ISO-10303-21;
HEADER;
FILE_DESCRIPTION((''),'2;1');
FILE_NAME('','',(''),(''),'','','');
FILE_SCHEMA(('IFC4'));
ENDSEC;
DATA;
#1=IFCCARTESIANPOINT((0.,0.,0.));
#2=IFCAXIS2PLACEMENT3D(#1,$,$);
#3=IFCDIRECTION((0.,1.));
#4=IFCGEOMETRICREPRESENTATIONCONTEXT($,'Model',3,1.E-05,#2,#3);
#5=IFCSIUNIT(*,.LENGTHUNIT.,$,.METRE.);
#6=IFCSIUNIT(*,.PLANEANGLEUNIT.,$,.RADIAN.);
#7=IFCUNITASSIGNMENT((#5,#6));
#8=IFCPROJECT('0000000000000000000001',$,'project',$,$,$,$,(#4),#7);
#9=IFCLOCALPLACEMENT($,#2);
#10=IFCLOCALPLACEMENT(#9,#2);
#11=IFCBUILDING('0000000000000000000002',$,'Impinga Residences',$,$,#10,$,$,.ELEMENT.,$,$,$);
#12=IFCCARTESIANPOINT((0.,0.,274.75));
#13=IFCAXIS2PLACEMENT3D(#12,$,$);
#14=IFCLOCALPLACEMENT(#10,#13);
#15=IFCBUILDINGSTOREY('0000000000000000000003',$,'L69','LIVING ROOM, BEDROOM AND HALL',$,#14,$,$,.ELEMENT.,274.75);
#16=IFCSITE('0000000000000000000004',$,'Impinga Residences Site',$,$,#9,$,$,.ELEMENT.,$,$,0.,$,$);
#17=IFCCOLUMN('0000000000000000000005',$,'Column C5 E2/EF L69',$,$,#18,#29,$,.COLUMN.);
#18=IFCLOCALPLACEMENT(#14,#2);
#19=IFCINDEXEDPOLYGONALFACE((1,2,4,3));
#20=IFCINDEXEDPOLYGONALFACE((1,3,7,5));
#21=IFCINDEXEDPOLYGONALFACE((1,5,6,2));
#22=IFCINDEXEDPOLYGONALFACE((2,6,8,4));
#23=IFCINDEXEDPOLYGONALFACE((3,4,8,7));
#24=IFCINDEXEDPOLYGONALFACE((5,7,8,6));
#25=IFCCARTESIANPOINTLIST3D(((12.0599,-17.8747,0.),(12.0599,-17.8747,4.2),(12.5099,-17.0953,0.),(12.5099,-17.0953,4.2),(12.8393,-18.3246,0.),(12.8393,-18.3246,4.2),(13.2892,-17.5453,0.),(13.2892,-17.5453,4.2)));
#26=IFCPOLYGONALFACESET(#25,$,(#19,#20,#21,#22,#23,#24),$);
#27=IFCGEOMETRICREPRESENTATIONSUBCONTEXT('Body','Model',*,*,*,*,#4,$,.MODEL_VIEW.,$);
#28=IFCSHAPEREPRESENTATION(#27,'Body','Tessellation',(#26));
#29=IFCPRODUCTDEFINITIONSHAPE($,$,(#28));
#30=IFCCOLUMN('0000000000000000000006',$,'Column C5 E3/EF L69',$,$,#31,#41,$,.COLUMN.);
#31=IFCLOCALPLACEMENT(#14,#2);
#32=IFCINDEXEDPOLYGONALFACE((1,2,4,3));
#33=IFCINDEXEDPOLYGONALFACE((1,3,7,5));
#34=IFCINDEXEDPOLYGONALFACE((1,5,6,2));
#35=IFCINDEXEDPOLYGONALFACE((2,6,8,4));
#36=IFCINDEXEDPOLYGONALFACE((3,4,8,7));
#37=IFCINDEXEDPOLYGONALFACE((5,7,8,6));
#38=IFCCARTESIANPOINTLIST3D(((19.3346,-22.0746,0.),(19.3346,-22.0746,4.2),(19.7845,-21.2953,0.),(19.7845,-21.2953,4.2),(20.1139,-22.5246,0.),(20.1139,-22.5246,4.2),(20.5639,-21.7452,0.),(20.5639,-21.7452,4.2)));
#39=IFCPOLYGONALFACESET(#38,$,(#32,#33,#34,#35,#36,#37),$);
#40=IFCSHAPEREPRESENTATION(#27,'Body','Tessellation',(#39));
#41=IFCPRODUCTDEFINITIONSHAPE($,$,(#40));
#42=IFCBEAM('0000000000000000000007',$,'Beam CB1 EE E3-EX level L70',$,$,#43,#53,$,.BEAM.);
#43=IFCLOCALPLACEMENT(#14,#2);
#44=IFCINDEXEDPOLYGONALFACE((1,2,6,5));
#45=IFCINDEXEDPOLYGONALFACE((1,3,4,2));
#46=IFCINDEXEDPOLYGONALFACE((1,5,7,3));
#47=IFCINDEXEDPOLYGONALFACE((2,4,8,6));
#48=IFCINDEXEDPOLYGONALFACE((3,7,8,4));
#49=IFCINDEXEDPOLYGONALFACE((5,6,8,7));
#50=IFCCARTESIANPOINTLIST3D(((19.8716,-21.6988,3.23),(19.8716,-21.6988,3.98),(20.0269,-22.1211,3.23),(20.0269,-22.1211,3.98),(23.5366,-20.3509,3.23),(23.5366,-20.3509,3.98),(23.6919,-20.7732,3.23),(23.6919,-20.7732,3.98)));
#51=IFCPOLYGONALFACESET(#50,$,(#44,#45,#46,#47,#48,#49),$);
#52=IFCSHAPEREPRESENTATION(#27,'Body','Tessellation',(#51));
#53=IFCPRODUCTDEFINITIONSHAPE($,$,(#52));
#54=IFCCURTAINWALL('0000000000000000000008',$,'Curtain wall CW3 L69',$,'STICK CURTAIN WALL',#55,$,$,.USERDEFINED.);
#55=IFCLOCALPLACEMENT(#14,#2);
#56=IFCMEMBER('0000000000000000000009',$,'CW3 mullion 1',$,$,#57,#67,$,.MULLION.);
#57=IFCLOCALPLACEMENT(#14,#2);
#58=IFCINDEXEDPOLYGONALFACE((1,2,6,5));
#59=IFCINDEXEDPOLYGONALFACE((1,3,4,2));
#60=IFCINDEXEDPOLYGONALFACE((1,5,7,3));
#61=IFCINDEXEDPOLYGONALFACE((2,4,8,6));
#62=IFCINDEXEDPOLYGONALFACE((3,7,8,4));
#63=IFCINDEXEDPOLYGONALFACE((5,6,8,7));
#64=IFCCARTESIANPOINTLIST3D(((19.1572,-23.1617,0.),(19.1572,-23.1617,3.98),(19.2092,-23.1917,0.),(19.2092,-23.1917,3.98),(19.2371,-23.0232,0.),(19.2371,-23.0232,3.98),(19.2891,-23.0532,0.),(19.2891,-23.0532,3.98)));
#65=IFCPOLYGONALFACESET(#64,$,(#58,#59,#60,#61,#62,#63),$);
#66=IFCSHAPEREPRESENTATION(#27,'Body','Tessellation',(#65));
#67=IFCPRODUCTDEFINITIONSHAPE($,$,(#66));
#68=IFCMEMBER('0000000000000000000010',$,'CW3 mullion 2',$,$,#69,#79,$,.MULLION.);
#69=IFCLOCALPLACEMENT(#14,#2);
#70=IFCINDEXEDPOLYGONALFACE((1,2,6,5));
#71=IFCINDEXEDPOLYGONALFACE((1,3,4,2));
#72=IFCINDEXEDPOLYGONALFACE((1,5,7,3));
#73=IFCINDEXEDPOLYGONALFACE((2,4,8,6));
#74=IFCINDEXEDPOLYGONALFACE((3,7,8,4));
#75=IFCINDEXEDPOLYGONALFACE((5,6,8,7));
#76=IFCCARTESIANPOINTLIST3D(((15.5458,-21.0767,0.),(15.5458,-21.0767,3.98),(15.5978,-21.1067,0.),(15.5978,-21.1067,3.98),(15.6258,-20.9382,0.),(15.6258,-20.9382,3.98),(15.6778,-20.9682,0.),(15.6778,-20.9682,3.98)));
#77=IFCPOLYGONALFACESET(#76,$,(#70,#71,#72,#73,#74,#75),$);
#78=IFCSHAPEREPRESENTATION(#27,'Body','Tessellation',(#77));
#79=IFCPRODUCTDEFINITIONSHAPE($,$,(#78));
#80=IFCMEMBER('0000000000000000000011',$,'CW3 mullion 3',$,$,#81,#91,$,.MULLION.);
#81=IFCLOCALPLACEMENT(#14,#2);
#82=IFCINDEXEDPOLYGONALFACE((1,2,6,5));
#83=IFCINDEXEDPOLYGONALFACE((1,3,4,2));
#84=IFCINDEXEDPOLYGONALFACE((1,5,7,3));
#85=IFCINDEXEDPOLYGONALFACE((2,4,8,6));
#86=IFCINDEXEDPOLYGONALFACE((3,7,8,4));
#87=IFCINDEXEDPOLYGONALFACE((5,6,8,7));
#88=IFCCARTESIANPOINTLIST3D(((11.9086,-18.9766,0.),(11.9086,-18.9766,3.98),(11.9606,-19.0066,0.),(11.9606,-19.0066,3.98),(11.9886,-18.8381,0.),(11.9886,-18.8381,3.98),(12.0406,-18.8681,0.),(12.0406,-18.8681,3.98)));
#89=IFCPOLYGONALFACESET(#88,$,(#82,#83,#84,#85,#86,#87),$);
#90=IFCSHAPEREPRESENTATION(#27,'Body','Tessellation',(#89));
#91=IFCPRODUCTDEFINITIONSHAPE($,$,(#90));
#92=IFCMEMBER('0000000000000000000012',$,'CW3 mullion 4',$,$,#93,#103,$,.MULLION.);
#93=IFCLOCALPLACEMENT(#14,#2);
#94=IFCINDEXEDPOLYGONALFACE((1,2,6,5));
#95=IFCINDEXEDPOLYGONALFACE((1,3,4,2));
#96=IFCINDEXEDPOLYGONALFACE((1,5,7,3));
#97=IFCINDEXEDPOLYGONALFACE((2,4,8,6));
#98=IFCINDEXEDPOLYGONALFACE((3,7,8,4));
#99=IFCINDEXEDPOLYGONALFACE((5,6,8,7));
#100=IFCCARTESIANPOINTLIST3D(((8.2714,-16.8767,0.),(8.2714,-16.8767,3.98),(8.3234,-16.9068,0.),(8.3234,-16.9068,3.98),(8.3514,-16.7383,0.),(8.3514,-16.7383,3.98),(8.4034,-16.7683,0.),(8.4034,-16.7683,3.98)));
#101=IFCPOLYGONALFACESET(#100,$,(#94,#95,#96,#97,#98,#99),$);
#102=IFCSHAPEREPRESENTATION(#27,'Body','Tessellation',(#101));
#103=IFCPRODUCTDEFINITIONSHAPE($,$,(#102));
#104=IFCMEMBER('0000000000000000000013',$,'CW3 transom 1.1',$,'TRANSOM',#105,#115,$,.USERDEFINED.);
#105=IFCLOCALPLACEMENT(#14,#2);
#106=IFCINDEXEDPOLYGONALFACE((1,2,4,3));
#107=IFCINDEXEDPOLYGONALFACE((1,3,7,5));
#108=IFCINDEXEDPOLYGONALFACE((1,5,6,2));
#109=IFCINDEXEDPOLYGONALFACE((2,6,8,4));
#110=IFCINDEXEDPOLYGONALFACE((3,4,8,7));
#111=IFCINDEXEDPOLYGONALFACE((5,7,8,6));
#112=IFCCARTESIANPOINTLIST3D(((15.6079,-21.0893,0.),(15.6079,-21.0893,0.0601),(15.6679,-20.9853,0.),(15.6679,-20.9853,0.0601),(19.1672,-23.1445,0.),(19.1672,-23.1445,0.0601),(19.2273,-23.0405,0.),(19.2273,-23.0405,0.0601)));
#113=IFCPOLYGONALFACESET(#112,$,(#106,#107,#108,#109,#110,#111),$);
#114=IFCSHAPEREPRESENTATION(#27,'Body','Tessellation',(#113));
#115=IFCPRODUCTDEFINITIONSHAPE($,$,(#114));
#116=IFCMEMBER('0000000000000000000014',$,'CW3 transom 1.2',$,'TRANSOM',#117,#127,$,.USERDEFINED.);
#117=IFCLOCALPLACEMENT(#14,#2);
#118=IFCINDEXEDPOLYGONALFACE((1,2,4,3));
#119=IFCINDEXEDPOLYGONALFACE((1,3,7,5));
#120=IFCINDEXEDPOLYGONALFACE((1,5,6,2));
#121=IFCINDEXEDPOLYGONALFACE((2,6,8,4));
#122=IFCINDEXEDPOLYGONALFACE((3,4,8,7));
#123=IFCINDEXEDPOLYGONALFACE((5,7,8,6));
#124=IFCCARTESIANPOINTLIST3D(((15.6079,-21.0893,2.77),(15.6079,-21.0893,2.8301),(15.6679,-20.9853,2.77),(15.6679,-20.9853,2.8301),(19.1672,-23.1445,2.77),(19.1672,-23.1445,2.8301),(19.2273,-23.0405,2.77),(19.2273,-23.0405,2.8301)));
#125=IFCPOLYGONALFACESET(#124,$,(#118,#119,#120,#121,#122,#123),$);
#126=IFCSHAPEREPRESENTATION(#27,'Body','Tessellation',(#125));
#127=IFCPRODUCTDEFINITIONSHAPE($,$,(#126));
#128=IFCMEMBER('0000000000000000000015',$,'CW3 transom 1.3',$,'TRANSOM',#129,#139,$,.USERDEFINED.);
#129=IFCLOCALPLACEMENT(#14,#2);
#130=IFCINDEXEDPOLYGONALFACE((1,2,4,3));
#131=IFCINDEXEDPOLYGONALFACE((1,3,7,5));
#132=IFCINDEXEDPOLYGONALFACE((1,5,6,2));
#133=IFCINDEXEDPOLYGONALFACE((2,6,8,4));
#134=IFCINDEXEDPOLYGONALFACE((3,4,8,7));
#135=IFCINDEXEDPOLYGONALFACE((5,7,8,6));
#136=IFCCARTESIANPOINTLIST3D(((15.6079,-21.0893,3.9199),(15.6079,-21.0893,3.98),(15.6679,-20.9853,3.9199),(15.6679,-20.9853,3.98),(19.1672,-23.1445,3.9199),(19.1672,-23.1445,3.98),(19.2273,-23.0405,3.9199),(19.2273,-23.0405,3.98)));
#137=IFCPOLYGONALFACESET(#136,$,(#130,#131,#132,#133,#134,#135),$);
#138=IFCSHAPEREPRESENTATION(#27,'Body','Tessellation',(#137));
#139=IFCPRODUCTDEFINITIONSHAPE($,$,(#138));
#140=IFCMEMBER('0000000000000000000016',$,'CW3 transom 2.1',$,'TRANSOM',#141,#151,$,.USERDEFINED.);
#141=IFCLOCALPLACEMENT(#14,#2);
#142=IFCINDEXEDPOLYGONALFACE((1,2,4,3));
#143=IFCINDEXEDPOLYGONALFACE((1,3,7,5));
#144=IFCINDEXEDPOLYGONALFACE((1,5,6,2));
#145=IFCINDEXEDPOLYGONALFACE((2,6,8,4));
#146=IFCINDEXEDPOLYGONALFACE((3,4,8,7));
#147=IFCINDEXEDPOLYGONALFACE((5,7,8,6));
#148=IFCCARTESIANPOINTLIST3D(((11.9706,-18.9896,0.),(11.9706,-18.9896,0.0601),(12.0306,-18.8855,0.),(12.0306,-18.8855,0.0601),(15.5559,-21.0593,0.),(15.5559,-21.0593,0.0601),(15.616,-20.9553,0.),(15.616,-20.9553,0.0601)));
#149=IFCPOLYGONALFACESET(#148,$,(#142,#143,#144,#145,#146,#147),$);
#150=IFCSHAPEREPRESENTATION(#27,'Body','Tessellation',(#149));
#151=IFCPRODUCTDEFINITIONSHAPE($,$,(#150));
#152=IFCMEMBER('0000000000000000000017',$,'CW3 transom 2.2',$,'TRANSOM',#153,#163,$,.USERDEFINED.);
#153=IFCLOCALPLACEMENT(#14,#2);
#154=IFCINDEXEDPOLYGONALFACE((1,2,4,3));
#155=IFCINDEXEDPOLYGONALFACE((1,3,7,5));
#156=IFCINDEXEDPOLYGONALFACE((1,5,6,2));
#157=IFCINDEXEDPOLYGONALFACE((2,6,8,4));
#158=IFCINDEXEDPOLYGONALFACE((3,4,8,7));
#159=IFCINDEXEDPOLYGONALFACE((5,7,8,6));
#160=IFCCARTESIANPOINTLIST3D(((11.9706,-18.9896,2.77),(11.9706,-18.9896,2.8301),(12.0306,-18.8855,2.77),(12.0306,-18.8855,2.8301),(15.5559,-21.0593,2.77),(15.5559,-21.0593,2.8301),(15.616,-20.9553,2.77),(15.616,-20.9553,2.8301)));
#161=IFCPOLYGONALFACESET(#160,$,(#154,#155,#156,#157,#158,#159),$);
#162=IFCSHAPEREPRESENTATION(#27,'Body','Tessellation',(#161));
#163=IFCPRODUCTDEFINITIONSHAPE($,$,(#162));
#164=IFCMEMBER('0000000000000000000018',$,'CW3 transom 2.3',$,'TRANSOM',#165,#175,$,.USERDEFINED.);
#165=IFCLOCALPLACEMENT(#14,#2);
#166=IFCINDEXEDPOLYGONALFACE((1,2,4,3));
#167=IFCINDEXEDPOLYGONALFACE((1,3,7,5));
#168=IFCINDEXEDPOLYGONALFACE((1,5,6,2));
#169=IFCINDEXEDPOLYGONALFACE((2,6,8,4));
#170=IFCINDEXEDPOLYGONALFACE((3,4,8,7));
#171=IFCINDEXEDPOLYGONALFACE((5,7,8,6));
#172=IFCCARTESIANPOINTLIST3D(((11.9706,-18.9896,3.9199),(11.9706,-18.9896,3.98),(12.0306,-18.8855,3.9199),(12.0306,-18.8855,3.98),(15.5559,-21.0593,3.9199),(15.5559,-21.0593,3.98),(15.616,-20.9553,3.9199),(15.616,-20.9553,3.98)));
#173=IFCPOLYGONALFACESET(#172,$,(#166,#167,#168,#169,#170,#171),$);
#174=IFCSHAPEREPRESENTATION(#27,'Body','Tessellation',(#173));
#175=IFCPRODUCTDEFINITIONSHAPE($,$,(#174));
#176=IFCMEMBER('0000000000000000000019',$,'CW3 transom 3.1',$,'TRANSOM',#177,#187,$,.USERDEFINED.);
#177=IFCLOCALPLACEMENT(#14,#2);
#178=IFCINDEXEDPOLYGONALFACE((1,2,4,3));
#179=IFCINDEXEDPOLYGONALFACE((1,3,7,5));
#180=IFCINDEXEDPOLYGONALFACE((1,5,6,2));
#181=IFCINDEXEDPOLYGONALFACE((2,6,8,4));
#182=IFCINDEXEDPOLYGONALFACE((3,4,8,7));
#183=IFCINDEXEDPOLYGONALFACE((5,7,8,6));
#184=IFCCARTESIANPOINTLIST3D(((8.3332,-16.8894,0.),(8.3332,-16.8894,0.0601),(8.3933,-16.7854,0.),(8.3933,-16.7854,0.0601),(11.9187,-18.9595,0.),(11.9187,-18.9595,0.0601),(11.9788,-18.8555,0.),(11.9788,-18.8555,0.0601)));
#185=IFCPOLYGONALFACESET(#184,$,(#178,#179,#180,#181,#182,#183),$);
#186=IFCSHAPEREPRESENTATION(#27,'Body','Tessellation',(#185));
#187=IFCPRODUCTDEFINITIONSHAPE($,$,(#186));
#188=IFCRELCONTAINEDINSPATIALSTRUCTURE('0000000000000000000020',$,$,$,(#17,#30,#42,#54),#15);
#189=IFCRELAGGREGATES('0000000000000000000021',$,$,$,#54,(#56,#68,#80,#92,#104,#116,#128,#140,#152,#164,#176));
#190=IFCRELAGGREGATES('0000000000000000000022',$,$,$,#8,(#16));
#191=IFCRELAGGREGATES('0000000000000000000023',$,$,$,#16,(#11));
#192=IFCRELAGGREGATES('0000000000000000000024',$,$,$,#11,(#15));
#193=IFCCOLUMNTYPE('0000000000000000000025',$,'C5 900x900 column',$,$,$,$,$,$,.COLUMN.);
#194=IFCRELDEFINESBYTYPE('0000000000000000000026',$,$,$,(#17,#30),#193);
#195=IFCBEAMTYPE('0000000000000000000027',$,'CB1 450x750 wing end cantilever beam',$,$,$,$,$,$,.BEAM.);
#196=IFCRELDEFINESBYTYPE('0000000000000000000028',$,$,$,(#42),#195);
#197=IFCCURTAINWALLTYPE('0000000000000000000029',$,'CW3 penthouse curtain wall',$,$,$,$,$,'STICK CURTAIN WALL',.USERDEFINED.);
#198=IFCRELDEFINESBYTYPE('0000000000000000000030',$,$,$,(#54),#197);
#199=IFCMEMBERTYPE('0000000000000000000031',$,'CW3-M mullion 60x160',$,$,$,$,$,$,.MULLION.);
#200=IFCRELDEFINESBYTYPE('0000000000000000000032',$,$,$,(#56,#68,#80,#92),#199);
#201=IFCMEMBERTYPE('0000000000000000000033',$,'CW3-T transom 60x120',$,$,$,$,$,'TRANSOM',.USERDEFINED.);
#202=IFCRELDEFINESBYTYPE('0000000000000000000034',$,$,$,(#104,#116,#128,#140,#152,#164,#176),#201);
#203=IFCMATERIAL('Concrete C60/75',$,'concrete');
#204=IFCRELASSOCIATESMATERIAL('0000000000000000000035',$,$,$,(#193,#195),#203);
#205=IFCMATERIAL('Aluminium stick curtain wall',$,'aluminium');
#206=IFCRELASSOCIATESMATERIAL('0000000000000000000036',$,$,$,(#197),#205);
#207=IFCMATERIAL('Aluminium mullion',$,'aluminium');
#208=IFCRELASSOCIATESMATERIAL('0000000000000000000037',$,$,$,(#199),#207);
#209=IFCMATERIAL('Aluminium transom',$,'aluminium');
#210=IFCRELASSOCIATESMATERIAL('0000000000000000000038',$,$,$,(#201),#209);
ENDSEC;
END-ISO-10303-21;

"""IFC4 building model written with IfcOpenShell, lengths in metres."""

from ifc_helpers import new_model, si_unit, direction, frame, origin, origin_2d, place, context, subcontext, project, spatial, rectangle, extrude, material, material_profile, profile_set, type_object, element, aggregate, save


model = new_model("IFC4")

# Units and contexts
model_context = context("Model", 3, precision=1e-05, world=origin(), true_north=direction((0.0, 1.0)))
body_context = subcontext(model_context, "Body", "Model", "MODEL_VIEW")
ifc_project = project(units=[si_unit("LENGTHUNIT", "METRE"), si_unit("PLANEANGLEUNIT", "RADIAN")], contexts=[model_context])

# Site, building, storey
site_placement = place(None, origin())
site = spatial("IfcSite", under=ifc_project, at=site_placement, Name="Impinga Residences Site", CompositionType="ELEMENT", RefElevation=0.0)
building_placement = place(site_placement, origin())
building = spatial("IfcBuilding", under=site, at=building_placement, Name="Impinga Residences", CompositionType="ELEMENT")
storey_placement = place(building_placement, frame((0.0, 0.0, 274.75)))
storey = spatial("IfcBuildingStorey", under=building, at=storey_placement, Name="L69", Description="LIVING ROOM, BEDROOM AND HALL", CompositionType="ELEMENT", Elevation=274.75)

# Columns
ifc_material_1 = material(Name="Concrete C60/75", Category="concrete")
ifc_material_profile_1 = material_profile(ifc_material_1, rectangle(XDim=0.8999, YDim=0.8999, at=origin_2d()), Name="RC 900x900")
ifc_profile_set_1 = profile_set([ifc_material_profile_1], Name="Concrete C60/75")
column_type = type_object("IfcColumnType", Name="C5 900x900 column", PredefinedType="COLUMN", material=ifc_profile_set_1)
for number, where, z_axis, x_axis, name in (
    (1, (12.6746, -17.71, 0.0), (0.0, 0.0, 1.0), (-0.5, -0.866025, 0.0), "Column C5 E2/EF L69"),
    (2, (19.9492, -21.9099, 0.0), (0.0, 0.0, 1.0), (-0.5, -0.866025, 0.0), "Column C5 E3/EF L69"),
):
    element("IfcColumn", number, at=place(storey_placement, frame(where, z_axis=z_axis, x_axis=x_axis)), inside=storey, type_object=column_type, Name=name, PredefinedType="COLUMN", context=body_context, shape_type="SweptSolid", body=[
        extrude(rectangle(XDim=0.8999, YDim=0.8999, at=origin_2d()), origin(), (0.0, 0.0, 1.0), 4.2),
    ])

# Beam
ifc_material_profile_2 = material_profile(ifc_material_1, rectangle(XDim=0.45, YDim=0.75, at=origin_2d()), Name="RC 450x750")
ifc_profile_set_2 = profile_set([ifc_material_profile_2], Name="Concrete C60/75")
beam_type_1 = type_object("IfcBeamType", Name="CB1 450x750 wing end cantilever beam", PredefinedType="BEAM", material=ifc_profile_set_2)
beam_1_placement = place(storey_placement, frame((19.9492, -21.9099, 3.605), z_axis=(0.93854, 0.345169, 0.0), x_axis=(-0.345169, 0.93854, 0.0)))
element("IfcBeam", 3, at=beam_1_placement, inside=storey, type_object=beam_type_1, Name="Beam CB1 EE E3-EX level L70", PredefinedType="BEAM", context=body_context, shape_type="SweptSolid", body=[
    extrude(rectangle(XDim=0.45, YDim=0.75, at=origin_2d()), origin(), (0.0, 0.0, 1.0), 3.905),
])

# Curtain wall, members
ifc_material_2 = material(Name="Aluminium stick curtain wall", Category="aluminium")
curtain_wall_type = type_object("IfcCurtainWallType", Name="CW3 penthouse curtain wall", ElementType="STICK CURTAIN WALL", PredefinedType="USERDEFINED", material=ifc_material_2)
curtain_wall_placement = place(storey_placement, origin())
curtain_wall = element("IfcCurtainWall", 4, at=curtain_wall_placement, inside=storey, type_object=curtain_wall_type, Name="Curtain wall CW3 L69", ObjectType="STICK CURTAIN WALL", PredefinedType="USERDEFINED")
ifc_material_3 = material(Name="Aluminium mullion", Category="aluminium")
ifc_material_profile_3 = material_profile(ifc_material_3, rectangle(XDim=0.0601, YDim=0.1599, at=origin_2d()), Name="60x160 mullion")
ifc_profile_set_3 = profile_set([ifc_material_profile_3], Name="Aluminium mullion")
member_type_1 = type_object("IfcMemberType", Name="CW3-M mullion 60x160", PredefinedType="MULLION", material=ifc_profile_set_3)
member_1_placement = place(storey_placement, frame((19.2231, -23.1074, 0.0), z_axis=(0.0, 0.0, 1.0), x_axis=(-0.866025, 0.5, 0.0)))
member_1 = element("IfcMember", 5, at=member_1_placement, type_object=member_type_1, Name="CW3 mullion 1", PredefinedType="MULLION", context=body_context, shape_type="SweptSolid", body=[
    extrude(rectangle(XDim=0.0601, YDim=0.1599, at=origin_2d()), origin(), (0.0, 0.0, 1.0), 3.98),
])
member_2_placement = place(storey_placement, frame((15.6118, -21.0225, 0.0), z_axis=(0.0, 0.0, 1.0), x_axis=(-0.866025, 0.5, 0.0)))
member_2 = element("IfcMember", 6, at=member_2_placement, type_object=member_type_1, Name="CW3 mullion 2", PredefinedType="MULLION", context=body_context, shape_type="SweptSolid", body=[
    extrude(rectangle(XDim=0.0601, YDim=0.1599, at=origin_2d()), origin(), (0.0, 0.0, 1.0), 3.98),
])
member_3_placement = place(storey_placement, frame((11.9746, -18.9224, 0.0), z_axis=(0.0, 0.0, 1.0), x_axis=(-0.866025, 0.5, 0.0)))
member_3 = element("IfcMember", 7, at=member_3_placement, type_object=member_type_1, Name="CW3 mullion 3", PredefinedType="MULLION", context=body_context, shape_type="SweptSolid", body=[
    extrude(rectangle(XDim=0.0601, YDim=0.1599, at=origin_2d()), origin(), (0.0, 0.0, 1.0), 3.98),
])
member_4_placement = place(storey_placement, frame((8.3374, -16.8225, 0.0), z_axis=(0.0, 0.0, 1.0), x_axis=(-0.866025, 0.5, 0.0)))
member_4 = element("IfcMember", 8, at=member_4_placement, type_object=member_type_1, Name="CW3 mullion 4", PredefinedType="MULLION", context=body_context, shape_type="SweptSolid", body=[
    extrude(rectangle(XDim=0.0601, YDim=0.1599, at=origin_2d()), origin(), (0.0, 0.0, 1.0), 3.98),
])
ifc_material_4 = material(Name="Aluminium transom", Category="aluminium")
ifc_material_profile_4 = material_profile(ifc_material_4, rectangle(XDim=0.0601, YDim=0.1201, at=origin_2d()), Name="60x120 transom")
ifc_profile_set_4 = profile_set([ifc_material_profile_4], Name="Aluminium transom")
member_type_2 = type_object("IfcMemberType", Name="CW3-T transom 60x120", ElementType="TRANSOM", PredefinedType="USERDEFINED", material=ifc_profile_set_4)
member_5_placement = place(storey_placement, frame((19.1973, -23.0925, 0.03), z_axis=(-0.866005, 0.500036, 0.0), x_axis=(0.0, 0.0, 1.0)))
member_5 = element("IfcMember", 9, at=member_5_placement, type_object=member_type_2, Name="CW3 transom 1.1", ObjectType="TRANSOM", PredefinedType="USERDEFINED", context=body_context, shape_type="SweptSolid", body=[
    extrude(rectangle(XDim=0.0601, YDim=0.1201, at=origin_2d()), origin(), (0.0, 0.0, 1.0), 4.1101),
])
member_6_placement = place(storey_placement, frame((19.1973, -23.0925, 2.8), z_axis=(-0.866005, 0.500036, 0.0), x_axis=(0.0, 0.0, 1.0)))
member_6 = element("IfcMember", 10, at=member_6_placement, type_object=member_type_2, Name="CW3 transom 1.2", ObjectType="TRANSOM", PredefinedType="USERDEFINED", context=body_context, shape_type="SweptSolid", body=[
    extrude(rectangle(XDim=0.0601, YDim=0.1201, at=origin_2d()), origin(), (0.0, 0.0, 1.0), 4.1101),
])
member_7_placement = place(storey_placement, frame((19.1973, -23.0925, 3.95), z_axis=(-0.866005, 0.500036, 0.0), x_axis=(0.0, 0.0, 1.0)))
member_7 = element("IfcMember", 11, at=member_7_placement, type_object=member_type_2, Name="CW3 transom 1.3", ObjectType="TRANSOM", PredefinedType="USERDEFINED", context=body_context, shape_type="SweptSolid", body=[
    extrude(rectangle(XDim=0.0601, YDim=0.1201, at=origin_2d()), origin(), (0.0, 0.0, 1.0), 4.1101),
])
member_8_placement = place(storey_placement, frame((15.5859, -21.0073, 0.03), z_axis=(-0.86605, 0.499957, 0.0), x_axis=(0.0, 0.0, 1.0)))
member_8 = element("IfcMember", 12, at=member_8_placement, type_object=member_type_2, Name="CW3 transom 2.1", ObjectType="TRANSOM", PredefinedType="USERDEFINED", context=body_context, shape_type="SweptSolid", body=[
    extrude(rectangle(XDim=0.0601, YDim=0.1201, at=origin_2d()), origin(), (0.0, 0.0, 1.0), 4.1399),
])
member_9_placement = place(storey_placement, frame((15.5859, -21.0073, 2.8), z_axis=(-0.86605, 0.499957, 0.0), x_axis=(0.0, 0.0, 1.0)))
member_9 = element("IfcMember", 13, at=member_9_placement, type_object=member_type_2, Name="CW3 transom 2.2", ObjectType="TRANSOM", PredefinedType="USERDEFINED", context=body_context, shape_type="SweptSolid", body=[
    extrude(rectangle(XDim=0.0601, YDim=0.1201, at=origin_2d()), origin(), (0.0, 0.0, 1.0), 4.1399),
])
member_10_placement = place(storey_placement, frame((15.5859, -21.0073, 3.95), z_axis=(-0.86605, 0.499957, 0.0), x_axis=(0.0, 0.0, 1.0)))
member_10 = element("IfcMember", 14, at=member_10_placement, type_object=member_type_2, Name="CW3 transom 2.3", ObjectType="TRANSOM", PredefinedType="USERDEFINED", context=body_context, shape_type="SweptSolid", body=[
    extrude(rectangle(XDim=0.0601, YDim=0.1201, at=origin_2d()), origin(), (0.0, 0.0, 1.0), 4.1399),
])
member_11_placement = place(storey_placement, frame((11.9487, -18.9075, 0.03), z_axis=(-0.866025, 0.500002, 0.0), x_axis=(0.0, 0.0, 1.0)))
member_11 = element("IfcMember", 15, at=member_11_placement, type_object=member_type_2, Name="CW3 transom 3.1", ObjectType="TRANSOM", PredefinedType="USERDEFINED", context=body_context, shape_type="SweptSolid", body=[
    extrude(rectangle(XDim=0.0601, YDim=0.1201, at=origin_2d()), origin(), (0.0, 0.0, 1.0), 4.1401),
])

aggregate(curtain_wall, [member_1, member_2, member_3, member_4, member_5, member_6, member_7, member_8, member_9, member_10, member_11])

save(model, "model.ifc")
